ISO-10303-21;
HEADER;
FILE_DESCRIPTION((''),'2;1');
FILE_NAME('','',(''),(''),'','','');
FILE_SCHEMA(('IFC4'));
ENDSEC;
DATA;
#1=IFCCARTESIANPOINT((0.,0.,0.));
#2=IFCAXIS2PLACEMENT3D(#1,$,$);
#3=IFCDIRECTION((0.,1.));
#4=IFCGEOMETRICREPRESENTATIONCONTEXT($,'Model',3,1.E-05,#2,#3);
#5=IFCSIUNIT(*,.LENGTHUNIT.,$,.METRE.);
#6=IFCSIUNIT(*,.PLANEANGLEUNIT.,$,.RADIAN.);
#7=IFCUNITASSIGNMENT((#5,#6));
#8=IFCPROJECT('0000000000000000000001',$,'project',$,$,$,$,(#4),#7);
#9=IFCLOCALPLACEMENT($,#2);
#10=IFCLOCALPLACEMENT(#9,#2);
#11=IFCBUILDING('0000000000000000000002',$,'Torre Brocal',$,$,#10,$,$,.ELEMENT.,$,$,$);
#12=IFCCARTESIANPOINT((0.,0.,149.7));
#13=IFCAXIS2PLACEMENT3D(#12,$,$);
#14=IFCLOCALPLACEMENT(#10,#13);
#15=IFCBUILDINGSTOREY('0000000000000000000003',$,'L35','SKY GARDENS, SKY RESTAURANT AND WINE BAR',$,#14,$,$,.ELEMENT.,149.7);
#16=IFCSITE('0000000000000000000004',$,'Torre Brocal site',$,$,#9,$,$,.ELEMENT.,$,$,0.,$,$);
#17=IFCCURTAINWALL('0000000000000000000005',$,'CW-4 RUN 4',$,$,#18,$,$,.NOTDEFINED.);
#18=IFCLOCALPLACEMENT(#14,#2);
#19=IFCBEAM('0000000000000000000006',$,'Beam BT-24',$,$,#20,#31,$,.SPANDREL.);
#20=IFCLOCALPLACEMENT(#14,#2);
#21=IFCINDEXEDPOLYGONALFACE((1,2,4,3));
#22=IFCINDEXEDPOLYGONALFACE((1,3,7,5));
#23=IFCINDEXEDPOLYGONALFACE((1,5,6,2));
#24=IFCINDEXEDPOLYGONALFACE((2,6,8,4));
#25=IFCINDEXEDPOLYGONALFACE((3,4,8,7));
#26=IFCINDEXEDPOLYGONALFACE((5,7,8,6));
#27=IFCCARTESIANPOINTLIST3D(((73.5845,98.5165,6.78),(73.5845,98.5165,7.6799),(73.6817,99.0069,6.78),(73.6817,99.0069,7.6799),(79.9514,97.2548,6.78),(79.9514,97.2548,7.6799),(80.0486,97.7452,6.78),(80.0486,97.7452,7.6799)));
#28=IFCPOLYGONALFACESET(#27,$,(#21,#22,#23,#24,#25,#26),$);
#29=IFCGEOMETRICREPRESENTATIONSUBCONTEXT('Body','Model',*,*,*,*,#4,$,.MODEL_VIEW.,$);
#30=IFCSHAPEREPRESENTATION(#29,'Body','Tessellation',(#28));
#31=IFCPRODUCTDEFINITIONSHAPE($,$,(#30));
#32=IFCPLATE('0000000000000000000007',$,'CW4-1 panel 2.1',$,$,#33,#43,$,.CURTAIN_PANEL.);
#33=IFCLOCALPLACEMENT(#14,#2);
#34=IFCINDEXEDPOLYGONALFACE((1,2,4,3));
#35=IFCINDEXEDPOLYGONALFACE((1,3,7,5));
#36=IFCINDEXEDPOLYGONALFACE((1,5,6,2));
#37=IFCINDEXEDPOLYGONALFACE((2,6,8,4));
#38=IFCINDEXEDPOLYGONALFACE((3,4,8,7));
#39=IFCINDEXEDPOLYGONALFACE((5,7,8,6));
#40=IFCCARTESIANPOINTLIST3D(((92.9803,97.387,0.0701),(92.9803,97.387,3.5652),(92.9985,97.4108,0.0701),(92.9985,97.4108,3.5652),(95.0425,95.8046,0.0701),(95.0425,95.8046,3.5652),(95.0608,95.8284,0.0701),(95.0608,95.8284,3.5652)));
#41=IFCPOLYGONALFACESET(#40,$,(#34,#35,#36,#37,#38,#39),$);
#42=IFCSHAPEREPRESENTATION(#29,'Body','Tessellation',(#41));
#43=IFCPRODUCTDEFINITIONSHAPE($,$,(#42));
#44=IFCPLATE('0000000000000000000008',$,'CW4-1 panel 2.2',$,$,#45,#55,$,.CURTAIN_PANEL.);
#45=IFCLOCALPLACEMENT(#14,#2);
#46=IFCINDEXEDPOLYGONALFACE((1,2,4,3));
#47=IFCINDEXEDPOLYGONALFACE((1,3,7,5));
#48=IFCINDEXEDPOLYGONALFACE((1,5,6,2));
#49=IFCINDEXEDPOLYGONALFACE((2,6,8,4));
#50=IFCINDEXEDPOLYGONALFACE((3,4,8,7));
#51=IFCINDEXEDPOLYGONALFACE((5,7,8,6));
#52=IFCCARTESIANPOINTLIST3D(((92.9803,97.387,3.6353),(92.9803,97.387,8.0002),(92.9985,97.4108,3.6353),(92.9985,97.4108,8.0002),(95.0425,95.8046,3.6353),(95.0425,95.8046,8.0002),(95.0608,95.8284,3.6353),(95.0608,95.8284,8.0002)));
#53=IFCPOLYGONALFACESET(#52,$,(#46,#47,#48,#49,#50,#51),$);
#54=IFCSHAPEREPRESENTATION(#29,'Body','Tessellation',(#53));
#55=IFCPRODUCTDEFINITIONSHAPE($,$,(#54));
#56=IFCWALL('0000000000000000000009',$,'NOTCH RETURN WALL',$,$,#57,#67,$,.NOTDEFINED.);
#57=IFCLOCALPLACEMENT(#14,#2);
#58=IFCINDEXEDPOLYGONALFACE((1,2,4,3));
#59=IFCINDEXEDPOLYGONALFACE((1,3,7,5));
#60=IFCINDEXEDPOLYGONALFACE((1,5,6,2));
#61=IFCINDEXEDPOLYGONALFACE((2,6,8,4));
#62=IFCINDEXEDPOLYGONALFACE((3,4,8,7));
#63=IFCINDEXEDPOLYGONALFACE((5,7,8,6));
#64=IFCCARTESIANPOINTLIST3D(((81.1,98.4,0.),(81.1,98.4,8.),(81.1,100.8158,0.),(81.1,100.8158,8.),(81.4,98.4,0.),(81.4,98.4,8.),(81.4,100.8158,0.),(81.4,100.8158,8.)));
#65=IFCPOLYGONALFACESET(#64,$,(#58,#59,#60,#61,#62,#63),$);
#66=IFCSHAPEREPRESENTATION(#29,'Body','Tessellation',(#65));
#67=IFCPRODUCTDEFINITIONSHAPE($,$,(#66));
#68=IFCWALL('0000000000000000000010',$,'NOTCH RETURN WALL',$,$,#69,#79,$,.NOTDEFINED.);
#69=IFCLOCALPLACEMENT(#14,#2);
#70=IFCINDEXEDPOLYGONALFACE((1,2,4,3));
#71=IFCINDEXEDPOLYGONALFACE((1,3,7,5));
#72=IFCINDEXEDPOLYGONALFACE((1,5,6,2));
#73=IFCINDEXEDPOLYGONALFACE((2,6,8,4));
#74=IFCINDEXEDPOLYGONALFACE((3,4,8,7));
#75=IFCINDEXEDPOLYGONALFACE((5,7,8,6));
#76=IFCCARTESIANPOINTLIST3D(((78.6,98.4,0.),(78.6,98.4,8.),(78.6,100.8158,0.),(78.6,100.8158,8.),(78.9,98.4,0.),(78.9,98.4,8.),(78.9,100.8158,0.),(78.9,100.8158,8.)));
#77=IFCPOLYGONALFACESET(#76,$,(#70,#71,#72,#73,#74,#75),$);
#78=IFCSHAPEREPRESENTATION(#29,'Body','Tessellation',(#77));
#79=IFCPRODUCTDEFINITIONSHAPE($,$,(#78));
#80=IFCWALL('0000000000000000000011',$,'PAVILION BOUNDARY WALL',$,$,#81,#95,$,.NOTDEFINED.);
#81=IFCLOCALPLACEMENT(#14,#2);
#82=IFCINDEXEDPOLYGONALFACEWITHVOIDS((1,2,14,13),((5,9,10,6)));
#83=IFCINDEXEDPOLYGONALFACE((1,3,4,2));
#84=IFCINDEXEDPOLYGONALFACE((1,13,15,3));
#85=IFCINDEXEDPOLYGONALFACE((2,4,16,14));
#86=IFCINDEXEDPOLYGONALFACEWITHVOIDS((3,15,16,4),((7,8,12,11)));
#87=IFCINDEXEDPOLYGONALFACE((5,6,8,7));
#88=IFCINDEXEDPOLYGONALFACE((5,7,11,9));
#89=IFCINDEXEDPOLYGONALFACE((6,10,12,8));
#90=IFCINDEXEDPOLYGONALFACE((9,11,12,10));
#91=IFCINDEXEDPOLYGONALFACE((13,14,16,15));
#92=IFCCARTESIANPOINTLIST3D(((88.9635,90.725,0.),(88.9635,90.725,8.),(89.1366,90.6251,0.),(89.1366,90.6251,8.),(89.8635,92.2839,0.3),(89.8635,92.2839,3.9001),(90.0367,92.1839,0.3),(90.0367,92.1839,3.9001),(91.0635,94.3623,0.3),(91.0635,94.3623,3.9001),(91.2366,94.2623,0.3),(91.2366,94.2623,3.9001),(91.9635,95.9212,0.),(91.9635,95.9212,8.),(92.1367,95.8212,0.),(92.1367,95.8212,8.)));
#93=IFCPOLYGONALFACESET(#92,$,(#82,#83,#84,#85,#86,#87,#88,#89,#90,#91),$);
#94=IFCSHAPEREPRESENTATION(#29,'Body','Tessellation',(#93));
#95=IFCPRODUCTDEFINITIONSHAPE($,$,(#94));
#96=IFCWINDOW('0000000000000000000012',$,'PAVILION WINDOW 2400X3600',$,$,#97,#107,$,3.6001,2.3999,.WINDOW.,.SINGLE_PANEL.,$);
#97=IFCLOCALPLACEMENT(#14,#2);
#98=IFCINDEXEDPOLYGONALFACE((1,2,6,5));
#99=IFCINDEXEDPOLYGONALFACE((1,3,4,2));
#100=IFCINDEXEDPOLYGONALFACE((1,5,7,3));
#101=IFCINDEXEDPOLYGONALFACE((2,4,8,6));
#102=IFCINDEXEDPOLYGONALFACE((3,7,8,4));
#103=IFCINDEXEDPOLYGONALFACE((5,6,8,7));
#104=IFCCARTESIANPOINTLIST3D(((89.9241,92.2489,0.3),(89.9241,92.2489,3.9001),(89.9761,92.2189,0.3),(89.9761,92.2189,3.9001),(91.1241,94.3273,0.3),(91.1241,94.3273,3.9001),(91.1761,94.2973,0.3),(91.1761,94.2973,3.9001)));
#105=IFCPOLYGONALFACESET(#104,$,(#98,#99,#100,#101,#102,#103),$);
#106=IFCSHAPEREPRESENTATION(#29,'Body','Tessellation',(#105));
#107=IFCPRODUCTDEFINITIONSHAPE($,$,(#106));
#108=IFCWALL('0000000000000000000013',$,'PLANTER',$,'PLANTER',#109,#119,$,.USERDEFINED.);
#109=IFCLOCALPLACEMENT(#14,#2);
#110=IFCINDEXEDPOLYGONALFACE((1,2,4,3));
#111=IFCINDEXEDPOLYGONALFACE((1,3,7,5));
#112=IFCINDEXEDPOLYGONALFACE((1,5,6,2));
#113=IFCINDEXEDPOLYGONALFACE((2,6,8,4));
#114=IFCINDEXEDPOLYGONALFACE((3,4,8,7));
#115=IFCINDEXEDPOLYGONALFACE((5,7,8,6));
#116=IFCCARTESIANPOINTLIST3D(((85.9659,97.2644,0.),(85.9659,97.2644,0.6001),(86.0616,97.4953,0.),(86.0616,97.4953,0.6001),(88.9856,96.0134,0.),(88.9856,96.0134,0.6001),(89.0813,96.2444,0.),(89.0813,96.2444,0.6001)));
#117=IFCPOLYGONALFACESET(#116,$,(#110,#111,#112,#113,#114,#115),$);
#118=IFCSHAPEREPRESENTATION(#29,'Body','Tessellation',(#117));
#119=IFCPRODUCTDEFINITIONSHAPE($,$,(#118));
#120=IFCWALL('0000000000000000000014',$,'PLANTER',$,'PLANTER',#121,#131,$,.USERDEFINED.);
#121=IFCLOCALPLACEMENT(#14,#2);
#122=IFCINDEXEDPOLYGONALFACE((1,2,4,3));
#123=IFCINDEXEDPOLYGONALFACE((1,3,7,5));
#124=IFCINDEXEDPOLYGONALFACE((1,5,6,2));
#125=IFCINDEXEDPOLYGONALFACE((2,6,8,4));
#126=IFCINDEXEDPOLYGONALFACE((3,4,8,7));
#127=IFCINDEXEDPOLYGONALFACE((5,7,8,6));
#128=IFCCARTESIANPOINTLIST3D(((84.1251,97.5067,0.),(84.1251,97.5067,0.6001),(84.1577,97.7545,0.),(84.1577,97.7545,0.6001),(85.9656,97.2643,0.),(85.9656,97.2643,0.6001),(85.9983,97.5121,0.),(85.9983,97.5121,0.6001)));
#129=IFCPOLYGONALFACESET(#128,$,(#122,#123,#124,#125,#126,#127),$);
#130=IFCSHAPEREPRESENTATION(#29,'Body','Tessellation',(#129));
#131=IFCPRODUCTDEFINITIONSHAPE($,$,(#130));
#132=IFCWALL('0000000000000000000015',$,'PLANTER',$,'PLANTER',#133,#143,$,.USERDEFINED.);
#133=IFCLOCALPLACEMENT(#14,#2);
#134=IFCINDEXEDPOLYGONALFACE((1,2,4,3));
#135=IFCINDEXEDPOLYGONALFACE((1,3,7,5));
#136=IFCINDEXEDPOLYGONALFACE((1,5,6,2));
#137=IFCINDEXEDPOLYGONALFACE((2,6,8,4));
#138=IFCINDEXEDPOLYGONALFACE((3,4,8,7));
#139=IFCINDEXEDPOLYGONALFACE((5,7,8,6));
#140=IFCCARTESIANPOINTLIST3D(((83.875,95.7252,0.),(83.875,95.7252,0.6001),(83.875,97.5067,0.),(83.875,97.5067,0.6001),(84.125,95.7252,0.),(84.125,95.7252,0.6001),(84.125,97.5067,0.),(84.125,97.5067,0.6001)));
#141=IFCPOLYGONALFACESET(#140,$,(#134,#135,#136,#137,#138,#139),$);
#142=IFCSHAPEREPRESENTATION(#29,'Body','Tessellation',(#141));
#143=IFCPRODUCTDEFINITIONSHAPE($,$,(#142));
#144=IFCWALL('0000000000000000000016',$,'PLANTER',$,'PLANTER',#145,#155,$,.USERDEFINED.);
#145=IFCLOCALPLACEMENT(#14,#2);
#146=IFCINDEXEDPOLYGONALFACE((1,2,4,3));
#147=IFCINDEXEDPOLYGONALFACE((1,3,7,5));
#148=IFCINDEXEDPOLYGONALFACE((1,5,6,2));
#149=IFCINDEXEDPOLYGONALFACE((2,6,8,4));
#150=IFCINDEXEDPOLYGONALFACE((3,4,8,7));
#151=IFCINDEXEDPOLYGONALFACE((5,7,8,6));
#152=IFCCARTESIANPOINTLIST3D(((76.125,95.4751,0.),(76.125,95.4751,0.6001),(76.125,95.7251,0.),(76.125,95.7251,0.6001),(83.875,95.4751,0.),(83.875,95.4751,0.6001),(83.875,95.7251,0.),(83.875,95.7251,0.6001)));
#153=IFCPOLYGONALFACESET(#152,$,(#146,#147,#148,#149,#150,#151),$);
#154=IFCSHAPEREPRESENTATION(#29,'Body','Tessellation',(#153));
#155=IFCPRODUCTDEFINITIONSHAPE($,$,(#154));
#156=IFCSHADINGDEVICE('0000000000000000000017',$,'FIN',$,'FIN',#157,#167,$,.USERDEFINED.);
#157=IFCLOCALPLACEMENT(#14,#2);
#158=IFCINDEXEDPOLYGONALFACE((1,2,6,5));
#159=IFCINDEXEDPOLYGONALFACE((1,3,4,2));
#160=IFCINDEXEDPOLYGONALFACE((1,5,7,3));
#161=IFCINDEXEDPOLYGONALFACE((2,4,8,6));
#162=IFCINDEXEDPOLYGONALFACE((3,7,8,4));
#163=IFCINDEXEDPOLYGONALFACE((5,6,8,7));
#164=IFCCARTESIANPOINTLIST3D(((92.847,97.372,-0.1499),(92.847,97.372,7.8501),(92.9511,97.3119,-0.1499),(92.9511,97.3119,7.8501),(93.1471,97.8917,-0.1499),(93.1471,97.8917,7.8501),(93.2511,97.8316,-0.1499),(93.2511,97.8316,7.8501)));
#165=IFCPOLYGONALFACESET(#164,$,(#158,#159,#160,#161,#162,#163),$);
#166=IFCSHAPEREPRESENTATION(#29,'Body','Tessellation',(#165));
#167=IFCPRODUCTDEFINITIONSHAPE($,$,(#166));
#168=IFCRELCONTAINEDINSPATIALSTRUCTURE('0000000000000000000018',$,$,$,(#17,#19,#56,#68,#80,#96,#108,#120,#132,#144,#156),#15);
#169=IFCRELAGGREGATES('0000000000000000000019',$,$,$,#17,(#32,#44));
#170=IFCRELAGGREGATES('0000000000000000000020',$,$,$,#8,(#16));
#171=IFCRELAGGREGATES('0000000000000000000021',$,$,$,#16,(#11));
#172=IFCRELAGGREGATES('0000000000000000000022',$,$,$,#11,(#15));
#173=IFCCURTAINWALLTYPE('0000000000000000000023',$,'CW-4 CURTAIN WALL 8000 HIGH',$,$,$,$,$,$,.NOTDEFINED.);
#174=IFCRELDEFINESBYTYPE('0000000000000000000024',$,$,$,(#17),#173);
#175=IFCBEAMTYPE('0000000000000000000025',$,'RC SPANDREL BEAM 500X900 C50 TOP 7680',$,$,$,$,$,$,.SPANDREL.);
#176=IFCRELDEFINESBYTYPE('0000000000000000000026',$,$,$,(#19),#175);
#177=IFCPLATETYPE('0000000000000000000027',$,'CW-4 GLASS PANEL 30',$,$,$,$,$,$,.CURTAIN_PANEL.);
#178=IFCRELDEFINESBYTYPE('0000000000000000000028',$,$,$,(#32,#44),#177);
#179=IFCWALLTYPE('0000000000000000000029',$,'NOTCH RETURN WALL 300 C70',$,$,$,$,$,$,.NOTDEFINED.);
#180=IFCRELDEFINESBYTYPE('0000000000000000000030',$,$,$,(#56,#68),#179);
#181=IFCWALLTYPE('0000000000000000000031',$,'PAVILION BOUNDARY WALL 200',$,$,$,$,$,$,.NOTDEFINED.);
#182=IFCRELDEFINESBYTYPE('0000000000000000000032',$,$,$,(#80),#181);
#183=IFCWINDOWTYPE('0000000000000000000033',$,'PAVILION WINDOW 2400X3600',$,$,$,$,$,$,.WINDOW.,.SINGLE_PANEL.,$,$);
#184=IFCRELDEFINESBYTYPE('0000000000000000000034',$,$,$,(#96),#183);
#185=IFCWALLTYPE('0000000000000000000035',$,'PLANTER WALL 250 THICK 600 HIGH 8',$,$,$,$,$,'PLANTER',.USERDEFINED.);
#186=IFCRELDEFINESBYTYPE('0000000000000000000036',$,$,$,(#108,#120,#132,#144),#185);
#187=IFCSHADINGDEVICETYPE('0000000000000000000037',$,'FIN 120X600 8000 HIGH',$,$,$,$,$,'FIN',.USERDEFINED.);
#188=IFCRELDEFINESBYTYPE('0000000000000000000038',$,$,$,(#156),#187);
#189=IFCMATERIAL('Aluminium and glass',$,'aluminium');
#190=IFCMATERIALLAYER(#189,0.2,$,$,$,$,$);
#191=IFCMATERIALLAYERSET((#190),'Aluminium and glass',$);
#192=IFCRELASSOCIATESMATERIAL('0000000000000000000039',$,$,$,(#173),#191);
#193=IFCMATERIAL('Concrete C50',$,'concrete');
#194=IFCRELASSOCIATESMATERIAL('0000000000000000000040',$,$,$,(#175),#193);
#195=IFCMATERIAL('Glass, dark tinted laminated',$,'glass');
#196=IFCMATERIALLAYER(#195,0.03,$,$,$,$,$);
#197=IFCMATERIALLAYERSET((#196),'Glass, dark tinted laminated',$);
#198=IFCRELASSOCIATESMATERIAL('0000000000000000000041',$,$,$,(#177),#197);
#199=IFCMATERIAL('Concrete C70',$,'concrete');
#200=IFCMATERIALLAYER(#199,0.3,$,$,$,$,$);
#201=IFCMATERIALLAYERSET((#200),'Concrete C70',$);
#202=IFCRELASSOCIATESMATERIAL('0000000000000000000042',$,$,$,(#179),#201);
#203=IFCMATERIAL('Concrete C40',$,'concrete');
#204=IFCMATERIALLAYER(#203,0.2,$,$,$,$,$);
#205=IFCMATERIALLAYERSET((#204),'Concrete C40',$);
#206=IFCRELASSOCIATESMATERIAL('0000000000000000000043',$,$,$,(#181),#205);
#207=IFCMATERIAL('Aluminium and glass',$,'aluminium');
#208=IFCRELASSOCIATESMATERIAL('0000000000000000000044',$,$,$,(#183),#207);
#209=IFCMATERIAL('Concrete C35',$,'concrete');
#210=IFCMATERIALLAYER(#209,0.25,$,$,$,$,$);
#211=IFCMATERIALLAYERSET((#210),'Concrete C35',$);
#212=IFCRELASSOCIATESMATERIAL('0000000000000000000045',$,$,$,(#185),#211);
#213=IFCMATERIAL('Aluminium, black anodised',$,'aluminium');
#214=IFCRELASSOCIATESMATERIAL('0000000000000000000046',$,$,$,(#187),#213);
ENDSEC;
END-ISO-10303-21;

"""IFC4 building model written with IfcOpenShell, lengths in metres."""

from ifc_helpers import new_model, si_unit, direction, frame, frame_2d, origin, origin_2d, place, context, subcontext, project, spatial, rectangle, extrude, material, layer, layer_set, material_profile, profile_set, type_object, element, fill, aggregate, save


model = new_model("IFC4")

# Units and contexts
model_context = context("Model", 3, precision=1e-05, world=origin(), true_north=direction((0.0, 1.0)))
body_context = subcontext(model_context, "Body", "Model", "MODEL_VIEW")
ifc_project = project(units=[si_unit("LENGTHUNIT", "METRE"), si_unit("PLANEANGLEUNIT", "RADIAN")], contexts=[model_context])

# Site, building, storey
site_placement = place(None, origin())
site = spatial("IfcSite", under=ifc_project, at=site_placement, Name="Torre Brocal site", CompositionType="ELEMENT", RefElevation=0.0)
building_placement = place(site_placement, origin())
building = spatial("IfcBuilding", under=site, at=building_placement, Name="Torre Brocal", CompositionType="ELEMENT")
storey_placement = place(building_placement, frame((0.0, 0.0, 149.7)))
storey = spatial("IfcBuildingStorey", under=building, at=storey_placement, Name="L35", Description="SKY GARDENS, SKY RESTAURANT AND WINE BAR", CompositionType="ELEMENT", Elevation=149.7)

# Curtain wall
ifc_material_1 = material(Name="Aluminium and glass", Category="aluminium")
ifc_layer_1 = layer(ifc_material_1, 0.2)
ifc_layer_set_1 = layer_set([ifc_layer_1], Name="Aluminium and glass")
curtain_wall_type = type_object("IfcCurtainWallType", Name="CW-4 CURTAIN WALL 8000 HIGH", PredefinedType="NOTDEFINED", material=ifc_layer_set_1)
curtain_wall_placement = place(storey_placement, origin())
curtain_wall = element("IfcCurtainWall", 1, at=curtain_wall_placement, inside=storey, type_object=curtain_wall_type, Name="CW-4 RUN 4", PredefinedType="NOTDEFINED")

# Beam
ifc_material_2 = material(Name="Concrete C50", Category="concrete")
ifc_material_profile_1 = material_profile(ifc_material_2, rectangle(XDim=0.5, YDim=0.8999, at=origin_2d()), Name="RC 500X900")
ifc_profile_set_1 = profile_set([ifc_material_profile_1], Name="Concrete C50")
beam_type_1 = type_object("IfcBeamType", Name="RC SPANDREL BEAM 500X900 C50 TOP 7680", PredefinedType="SPANDREL", material=ifc_profile_set_1)
for number, where, z_axis, x_axis, name in (
    (2, (80.0, 97.5, 7.23), (-0.980925, 0.194387, 0.0), (-0.194387, -0.980925, 0.0), "Beam BT-24"),
):
    element("IfcBeam", number, at=place(storey_placement, frame(where, z_axis=z_axis, x_axis=x_axis)), inside=storey, type_object=beam_type_1, Name=name, PredefinedType="SPANDREL", context=body_context, shape_type="SweptSolid", body=[
        extrude(rectangle(XDim=0.5, YDim=0.8999, at=origin_2d()), origin(), (0.0, 0.0, 1.0), 6.4907),
    ])

# Plates
ifc_material_3 = material(Name="Glass, dark tinted laminated", Category="glass")
ifc_layer_2 = layer(ifc_material_3, 0.03)
ifc_layer_set_2 = layer_set([ifc_layer_2], Name="Glass, dark tinted laminated")
plate_type = type_object("IfcPlateType", Name="CW-4 GLASS PANEL 30", PredefinedType="CURTAIN_PANEL", material=ifc_layer_set_2)
plate_1_placement = place(storey_placement, frame((94.0205, 96.6077, 0.0701), z_axis=(0.0, 0.0, 1.0), x_axis=(-0.793353, 0.608761, 0.0)))
plate_1 = element("IfcPlate", 3, at=plate_1_placement, type_object=plate_type, Name="CW4-1 panel 2.1", PredefinedType="CURTAIN_PANEL", context=body_context, shape_type="SweptSolid", body=[
    extrude(rectangle(XDim=2.5994, YDim=0.03, at=origin_2d()), origin(), (0.0, 0.0, 1.0), 3.4951),
])
plate_2_placement = place(storey_placement, frame((94.0205, 96.6077, 3.6353), z_axis=(0.0, 0.0, 1.0), x_axis=(-0.793353, 0.608761, 0.0)))
plate_2 = element("IfcPlate", 4, at=plate_2_placement, type_object=plate_type, Name="CW4-1 panel 2.2", PredefinedType="CURTAIN_PANEL", context=body_context, shape_type="SweptSolid", body=[
    extrude(rectangle(XDim=2.5994, YDim=0.03, at=origin_2d()), origin(), (0.0, 0.0, 1.0), 4.365),
])
aggregate(curtain_wall, [plate_1, plate_2])

# Walls
ifc_material_4 = material(Name="Concrete C70", Category="concrete")
ifc_layer_3 = layer(ifc_material_4, 0.3)
ifc_layer_set_3 = layer_set([ifc_layer_3], Name="Concrete C70")
wall_type_1 = type_object("IfcWallType", Name="NOTCH RETURN WALL 300 C70", PredefinedType="NOTDEFINED", material=ifc_layer_set_3)
for number, where, z_axis, x_axis, name in (
    (5, (81.25, 98.3999, 0.0), (0.0, 0.0, 1.0), (0.0, 1.0, 0.0), "NOTCH RETURN WALL"),
    (6, (78.75, 98.3999, 0.0), (0.0, 0.0, 1.0), (0.0, 1.0, 0.0), "NOTCH RETURN WALL"),
):
    element("IfcWall", number, at=place(storey_placement, frame(where, z_axis=z_axis, x_axis=x_axis)), inside=storey, type_object=wall_type_1, Name=name, PredefinedType="NOTDEFINED", context=body_context, shape_type="SweptSolid", body=[
        extrude(rectangle(XDim=2.4158, YDim=0.3, at=frame_2d((1.208, 0.0))), origin(), (0.0, 0.0, 1.0), 8.0),
    ])

# Wall, opening, window
ifc_material_5 = material(Name="Concrete C40", Category="concrete")
ifc_layer_4 = layer(ifc_material_5, 0.2)
ifc_layer_set_4 = layer_set([ifc_layer_4], Name="Concrete C40")
wall_type_2 = type_object("IfcWallType", Name="PAVILION BOUNDARY WALL 200", PredefinedType="NOTDEFINED", material=ifc_layer_set_4)
wall_1_placement = place(storey_placement, frame((89.05, 90.675, 0.0), z_axis=(0.0, 0.0, 1.0), x_axis=(0.500008, 0.866021, 0.0)))
wall_1 = element("IfcWall", 7, at=wall_1_placement, inside=storey, type_object=wall_type_2, Name="PAVILION BOUNDARY WALL", PredefinedType="NOTDEFINED", context=body_context, shape_type="SweptSolid", body=[
    extrude(rectangle(XDim=6.0, YDim=0.2, at=frame_2d((3.0, 0.0))), origin(), (0.0, 0.0, 1.0), 8.0),
])
opening_placement = place(wall_1_placement, frame((1.8, 0.0, 0.3)))
opening = element("IfcOpeningElement", 8, at=opening_placement, cuts=wall_1, PredefinedType="OPENING", context=body_context, shape_type="SweptSolid", body=[
    extrude(rectangle(XDim=2.3999, YDim=3.6001, at=frame_2d((1.2, 1.8))), frame((0.0, 0.1099, 0.0), z_axis=(0.0, -1.0, 0.0), x_axis=(1.0, 0.0, 0.0)), (0.0, 0.0, 1.0), 0.22),
])
ifc_material_6 = material(Name="Aluminium and glass", Category="aluminium")
window_type = type_object("IfcWindowType", Name="PAVILION WINDOW 2400X3600", PartitioningType="SINGLE_PANEL", PredefinedType="WINDOW", material=ifc_material_6)
window_placement = place(opening_placement, origin())
window = element("IfcWindow", 9, at=window_placement, inside=storey, type_object=window_type, Name="PAVILION WINDOW 2400X3600", OverallHeight=3.6001, OverallWidth=2.3999, PartitioningType="SINGLE_PANEL", PredefinedType="WINDOW", context=body_context, shape_type="SweptSolid", body=[
    extrude(rectangle(XDim=2.3999, YDim=3.6001, at=frame_2d((1.2, 1.8))), frame((0.0, 0.03, 0.0), z_axis=(0.0, -1.0, 0.0), x_axis=(1.0, 0.0, 0.0)), (0.0, 0.0, 1.0), 0.0601),
])
fill(opening, window)

# Walls
ifc_material_7 = material(Name="Concrete C35", Category="concrete")
ifc_layer_5 = layer(ifc_material_7, 0.25)
ifc_layer_set_5 = layer_set([ifc_layer_5], Name="Concrete C35")
wall_type_3 = type_object("IfcWallType", Name="PLANTER WALL 250 THICK 600 HIGH 8", ElementType="PLANTER", PredefinedType="USERDEFINED", material=ifc_layer_set_5)
wall_2_placement = place(storey_placement, frame((89.0334, 96.1289, 0.0), z_axis=(0.0, 0.0, 1.0), x_axis=(-0.923864, 0.382721, 0.0)))
element("IfcWall", 10, at=wall_2_placement, inside=storey, type_object=wall_type_3, Name="PLANTER", ObjectType="PLANTER", PredefinedType="USERDEFINED", context=body_context, shape_type="SweptSolid", body=[
    extrude(rectangle(XDim=3.2686, YDim=0.25, at=frame_2d((1.6343, 0.0))), origin(), (0.0, 0.0, 1.0), 0.6001),
])
wall_3_placement = place(storey_placement, frame((85.9819, 97.3882, 0.0), z_axis=(0.0, 0.0, 1.0), x_axis=(-0.991437, 0.130587, 0.0)))
element("IfcWall", 11, at=wall_3_placement, inside=storey, type_object=wall_type_3, Name="PLANTER", ObjectType="PLANTER", PredefinedType="USERDEFINED", context=body_context, shape_type="SweptSolid", body=[
    extrude(rectangle(XDim=1.8564, YDim=0.25, at=frame_2d((0.9282, 0.0))), origin(), (0.0, 0.0, 1.0), 0.6001),
])
wall_4_placement = place(storey_placement, frame((84.0, 97.5066, 0.0), z_axis=(0.0, 0.0, 1.0), x_axis=(0.0, -1.0, 0.0)))
element("IfcWall", 12, at=wall_4_placement, inside=storey, type_object=wall_type_3, Name="PLANTER", ObjectType="PLANTER", PredefinedType="USERDEFINED", context=body_context, shape_type="SweptSolid", body=[
    extrude(rectangle(XDim=1.7815, YDim=0.25, at=frame_2d((0.8906, 0.0))), origin(), (0.0, 0.0, 1.0), 0.6001),
])
wall_5_placement = place(storey_placement, frame((83.875, 95.6001, 0.0), z_axis=(0.0, 0.0, 1.0), x_axis=(-1.0, 0.0, 0.0)))
element("IfcWall", 13, at=wall_5_placement, inside=storey, type_object=wall_type_3, Name="PLANTER", ObjectType="PLANTER", PredefinedType="USERDEFINED", context=body_context, shape_type="SweptSolid", body=[
    extrude(rectangle(XDim=7.75, YDim=0.25, at=frame_2d((3.875, 0.0))), origin(), (0.0, 0.0, 1.0), 0.6001),
])

# Shading device
ifc_material_8 = material(Name="Aluminium, black anodised", Category="aluminium")
ifc_material_profile_2 = material_profile(ifc_material_8, rectangle(XDim=0.1201, YDim=0.6001, at=origin_2d()), Name="FIN 120X600 8000 HIGH")
ifc_profile_set_2 = profile_set([ifc_material_profile_2], Name="Aluminium, black anodised")
shading_device_type = type_object("IfcShadingDeviceType", Name="FIN 120X600 8000 HIGH", ElementType="FIN", PredefinedType="USERDEFINED", material=ifc_profile_set_2)
shading_device_placement = place(storey_placement, frame((93.0491, 97.6018, -0.1499), z_axis=(0.0, 0.0, 1.0), x_axis=(-0.866025, 0.5, 0.0)))
element("IfcShadingDevice", 14, at=shading_device_placement, inside=storey, type_object=shading_device_type, Name="FIN", ObjectType="FIN", PredefinedType="USERDEFINED", context=body_context, shape_type="SweptSolid", body=[
    extrude(rectangle(XDim=0.1201, YDim=0.6001, at=origin_2d()), origin(), (0.0, 0.0, 1.0), 8.0),
])

save(model, "model.ifc")
